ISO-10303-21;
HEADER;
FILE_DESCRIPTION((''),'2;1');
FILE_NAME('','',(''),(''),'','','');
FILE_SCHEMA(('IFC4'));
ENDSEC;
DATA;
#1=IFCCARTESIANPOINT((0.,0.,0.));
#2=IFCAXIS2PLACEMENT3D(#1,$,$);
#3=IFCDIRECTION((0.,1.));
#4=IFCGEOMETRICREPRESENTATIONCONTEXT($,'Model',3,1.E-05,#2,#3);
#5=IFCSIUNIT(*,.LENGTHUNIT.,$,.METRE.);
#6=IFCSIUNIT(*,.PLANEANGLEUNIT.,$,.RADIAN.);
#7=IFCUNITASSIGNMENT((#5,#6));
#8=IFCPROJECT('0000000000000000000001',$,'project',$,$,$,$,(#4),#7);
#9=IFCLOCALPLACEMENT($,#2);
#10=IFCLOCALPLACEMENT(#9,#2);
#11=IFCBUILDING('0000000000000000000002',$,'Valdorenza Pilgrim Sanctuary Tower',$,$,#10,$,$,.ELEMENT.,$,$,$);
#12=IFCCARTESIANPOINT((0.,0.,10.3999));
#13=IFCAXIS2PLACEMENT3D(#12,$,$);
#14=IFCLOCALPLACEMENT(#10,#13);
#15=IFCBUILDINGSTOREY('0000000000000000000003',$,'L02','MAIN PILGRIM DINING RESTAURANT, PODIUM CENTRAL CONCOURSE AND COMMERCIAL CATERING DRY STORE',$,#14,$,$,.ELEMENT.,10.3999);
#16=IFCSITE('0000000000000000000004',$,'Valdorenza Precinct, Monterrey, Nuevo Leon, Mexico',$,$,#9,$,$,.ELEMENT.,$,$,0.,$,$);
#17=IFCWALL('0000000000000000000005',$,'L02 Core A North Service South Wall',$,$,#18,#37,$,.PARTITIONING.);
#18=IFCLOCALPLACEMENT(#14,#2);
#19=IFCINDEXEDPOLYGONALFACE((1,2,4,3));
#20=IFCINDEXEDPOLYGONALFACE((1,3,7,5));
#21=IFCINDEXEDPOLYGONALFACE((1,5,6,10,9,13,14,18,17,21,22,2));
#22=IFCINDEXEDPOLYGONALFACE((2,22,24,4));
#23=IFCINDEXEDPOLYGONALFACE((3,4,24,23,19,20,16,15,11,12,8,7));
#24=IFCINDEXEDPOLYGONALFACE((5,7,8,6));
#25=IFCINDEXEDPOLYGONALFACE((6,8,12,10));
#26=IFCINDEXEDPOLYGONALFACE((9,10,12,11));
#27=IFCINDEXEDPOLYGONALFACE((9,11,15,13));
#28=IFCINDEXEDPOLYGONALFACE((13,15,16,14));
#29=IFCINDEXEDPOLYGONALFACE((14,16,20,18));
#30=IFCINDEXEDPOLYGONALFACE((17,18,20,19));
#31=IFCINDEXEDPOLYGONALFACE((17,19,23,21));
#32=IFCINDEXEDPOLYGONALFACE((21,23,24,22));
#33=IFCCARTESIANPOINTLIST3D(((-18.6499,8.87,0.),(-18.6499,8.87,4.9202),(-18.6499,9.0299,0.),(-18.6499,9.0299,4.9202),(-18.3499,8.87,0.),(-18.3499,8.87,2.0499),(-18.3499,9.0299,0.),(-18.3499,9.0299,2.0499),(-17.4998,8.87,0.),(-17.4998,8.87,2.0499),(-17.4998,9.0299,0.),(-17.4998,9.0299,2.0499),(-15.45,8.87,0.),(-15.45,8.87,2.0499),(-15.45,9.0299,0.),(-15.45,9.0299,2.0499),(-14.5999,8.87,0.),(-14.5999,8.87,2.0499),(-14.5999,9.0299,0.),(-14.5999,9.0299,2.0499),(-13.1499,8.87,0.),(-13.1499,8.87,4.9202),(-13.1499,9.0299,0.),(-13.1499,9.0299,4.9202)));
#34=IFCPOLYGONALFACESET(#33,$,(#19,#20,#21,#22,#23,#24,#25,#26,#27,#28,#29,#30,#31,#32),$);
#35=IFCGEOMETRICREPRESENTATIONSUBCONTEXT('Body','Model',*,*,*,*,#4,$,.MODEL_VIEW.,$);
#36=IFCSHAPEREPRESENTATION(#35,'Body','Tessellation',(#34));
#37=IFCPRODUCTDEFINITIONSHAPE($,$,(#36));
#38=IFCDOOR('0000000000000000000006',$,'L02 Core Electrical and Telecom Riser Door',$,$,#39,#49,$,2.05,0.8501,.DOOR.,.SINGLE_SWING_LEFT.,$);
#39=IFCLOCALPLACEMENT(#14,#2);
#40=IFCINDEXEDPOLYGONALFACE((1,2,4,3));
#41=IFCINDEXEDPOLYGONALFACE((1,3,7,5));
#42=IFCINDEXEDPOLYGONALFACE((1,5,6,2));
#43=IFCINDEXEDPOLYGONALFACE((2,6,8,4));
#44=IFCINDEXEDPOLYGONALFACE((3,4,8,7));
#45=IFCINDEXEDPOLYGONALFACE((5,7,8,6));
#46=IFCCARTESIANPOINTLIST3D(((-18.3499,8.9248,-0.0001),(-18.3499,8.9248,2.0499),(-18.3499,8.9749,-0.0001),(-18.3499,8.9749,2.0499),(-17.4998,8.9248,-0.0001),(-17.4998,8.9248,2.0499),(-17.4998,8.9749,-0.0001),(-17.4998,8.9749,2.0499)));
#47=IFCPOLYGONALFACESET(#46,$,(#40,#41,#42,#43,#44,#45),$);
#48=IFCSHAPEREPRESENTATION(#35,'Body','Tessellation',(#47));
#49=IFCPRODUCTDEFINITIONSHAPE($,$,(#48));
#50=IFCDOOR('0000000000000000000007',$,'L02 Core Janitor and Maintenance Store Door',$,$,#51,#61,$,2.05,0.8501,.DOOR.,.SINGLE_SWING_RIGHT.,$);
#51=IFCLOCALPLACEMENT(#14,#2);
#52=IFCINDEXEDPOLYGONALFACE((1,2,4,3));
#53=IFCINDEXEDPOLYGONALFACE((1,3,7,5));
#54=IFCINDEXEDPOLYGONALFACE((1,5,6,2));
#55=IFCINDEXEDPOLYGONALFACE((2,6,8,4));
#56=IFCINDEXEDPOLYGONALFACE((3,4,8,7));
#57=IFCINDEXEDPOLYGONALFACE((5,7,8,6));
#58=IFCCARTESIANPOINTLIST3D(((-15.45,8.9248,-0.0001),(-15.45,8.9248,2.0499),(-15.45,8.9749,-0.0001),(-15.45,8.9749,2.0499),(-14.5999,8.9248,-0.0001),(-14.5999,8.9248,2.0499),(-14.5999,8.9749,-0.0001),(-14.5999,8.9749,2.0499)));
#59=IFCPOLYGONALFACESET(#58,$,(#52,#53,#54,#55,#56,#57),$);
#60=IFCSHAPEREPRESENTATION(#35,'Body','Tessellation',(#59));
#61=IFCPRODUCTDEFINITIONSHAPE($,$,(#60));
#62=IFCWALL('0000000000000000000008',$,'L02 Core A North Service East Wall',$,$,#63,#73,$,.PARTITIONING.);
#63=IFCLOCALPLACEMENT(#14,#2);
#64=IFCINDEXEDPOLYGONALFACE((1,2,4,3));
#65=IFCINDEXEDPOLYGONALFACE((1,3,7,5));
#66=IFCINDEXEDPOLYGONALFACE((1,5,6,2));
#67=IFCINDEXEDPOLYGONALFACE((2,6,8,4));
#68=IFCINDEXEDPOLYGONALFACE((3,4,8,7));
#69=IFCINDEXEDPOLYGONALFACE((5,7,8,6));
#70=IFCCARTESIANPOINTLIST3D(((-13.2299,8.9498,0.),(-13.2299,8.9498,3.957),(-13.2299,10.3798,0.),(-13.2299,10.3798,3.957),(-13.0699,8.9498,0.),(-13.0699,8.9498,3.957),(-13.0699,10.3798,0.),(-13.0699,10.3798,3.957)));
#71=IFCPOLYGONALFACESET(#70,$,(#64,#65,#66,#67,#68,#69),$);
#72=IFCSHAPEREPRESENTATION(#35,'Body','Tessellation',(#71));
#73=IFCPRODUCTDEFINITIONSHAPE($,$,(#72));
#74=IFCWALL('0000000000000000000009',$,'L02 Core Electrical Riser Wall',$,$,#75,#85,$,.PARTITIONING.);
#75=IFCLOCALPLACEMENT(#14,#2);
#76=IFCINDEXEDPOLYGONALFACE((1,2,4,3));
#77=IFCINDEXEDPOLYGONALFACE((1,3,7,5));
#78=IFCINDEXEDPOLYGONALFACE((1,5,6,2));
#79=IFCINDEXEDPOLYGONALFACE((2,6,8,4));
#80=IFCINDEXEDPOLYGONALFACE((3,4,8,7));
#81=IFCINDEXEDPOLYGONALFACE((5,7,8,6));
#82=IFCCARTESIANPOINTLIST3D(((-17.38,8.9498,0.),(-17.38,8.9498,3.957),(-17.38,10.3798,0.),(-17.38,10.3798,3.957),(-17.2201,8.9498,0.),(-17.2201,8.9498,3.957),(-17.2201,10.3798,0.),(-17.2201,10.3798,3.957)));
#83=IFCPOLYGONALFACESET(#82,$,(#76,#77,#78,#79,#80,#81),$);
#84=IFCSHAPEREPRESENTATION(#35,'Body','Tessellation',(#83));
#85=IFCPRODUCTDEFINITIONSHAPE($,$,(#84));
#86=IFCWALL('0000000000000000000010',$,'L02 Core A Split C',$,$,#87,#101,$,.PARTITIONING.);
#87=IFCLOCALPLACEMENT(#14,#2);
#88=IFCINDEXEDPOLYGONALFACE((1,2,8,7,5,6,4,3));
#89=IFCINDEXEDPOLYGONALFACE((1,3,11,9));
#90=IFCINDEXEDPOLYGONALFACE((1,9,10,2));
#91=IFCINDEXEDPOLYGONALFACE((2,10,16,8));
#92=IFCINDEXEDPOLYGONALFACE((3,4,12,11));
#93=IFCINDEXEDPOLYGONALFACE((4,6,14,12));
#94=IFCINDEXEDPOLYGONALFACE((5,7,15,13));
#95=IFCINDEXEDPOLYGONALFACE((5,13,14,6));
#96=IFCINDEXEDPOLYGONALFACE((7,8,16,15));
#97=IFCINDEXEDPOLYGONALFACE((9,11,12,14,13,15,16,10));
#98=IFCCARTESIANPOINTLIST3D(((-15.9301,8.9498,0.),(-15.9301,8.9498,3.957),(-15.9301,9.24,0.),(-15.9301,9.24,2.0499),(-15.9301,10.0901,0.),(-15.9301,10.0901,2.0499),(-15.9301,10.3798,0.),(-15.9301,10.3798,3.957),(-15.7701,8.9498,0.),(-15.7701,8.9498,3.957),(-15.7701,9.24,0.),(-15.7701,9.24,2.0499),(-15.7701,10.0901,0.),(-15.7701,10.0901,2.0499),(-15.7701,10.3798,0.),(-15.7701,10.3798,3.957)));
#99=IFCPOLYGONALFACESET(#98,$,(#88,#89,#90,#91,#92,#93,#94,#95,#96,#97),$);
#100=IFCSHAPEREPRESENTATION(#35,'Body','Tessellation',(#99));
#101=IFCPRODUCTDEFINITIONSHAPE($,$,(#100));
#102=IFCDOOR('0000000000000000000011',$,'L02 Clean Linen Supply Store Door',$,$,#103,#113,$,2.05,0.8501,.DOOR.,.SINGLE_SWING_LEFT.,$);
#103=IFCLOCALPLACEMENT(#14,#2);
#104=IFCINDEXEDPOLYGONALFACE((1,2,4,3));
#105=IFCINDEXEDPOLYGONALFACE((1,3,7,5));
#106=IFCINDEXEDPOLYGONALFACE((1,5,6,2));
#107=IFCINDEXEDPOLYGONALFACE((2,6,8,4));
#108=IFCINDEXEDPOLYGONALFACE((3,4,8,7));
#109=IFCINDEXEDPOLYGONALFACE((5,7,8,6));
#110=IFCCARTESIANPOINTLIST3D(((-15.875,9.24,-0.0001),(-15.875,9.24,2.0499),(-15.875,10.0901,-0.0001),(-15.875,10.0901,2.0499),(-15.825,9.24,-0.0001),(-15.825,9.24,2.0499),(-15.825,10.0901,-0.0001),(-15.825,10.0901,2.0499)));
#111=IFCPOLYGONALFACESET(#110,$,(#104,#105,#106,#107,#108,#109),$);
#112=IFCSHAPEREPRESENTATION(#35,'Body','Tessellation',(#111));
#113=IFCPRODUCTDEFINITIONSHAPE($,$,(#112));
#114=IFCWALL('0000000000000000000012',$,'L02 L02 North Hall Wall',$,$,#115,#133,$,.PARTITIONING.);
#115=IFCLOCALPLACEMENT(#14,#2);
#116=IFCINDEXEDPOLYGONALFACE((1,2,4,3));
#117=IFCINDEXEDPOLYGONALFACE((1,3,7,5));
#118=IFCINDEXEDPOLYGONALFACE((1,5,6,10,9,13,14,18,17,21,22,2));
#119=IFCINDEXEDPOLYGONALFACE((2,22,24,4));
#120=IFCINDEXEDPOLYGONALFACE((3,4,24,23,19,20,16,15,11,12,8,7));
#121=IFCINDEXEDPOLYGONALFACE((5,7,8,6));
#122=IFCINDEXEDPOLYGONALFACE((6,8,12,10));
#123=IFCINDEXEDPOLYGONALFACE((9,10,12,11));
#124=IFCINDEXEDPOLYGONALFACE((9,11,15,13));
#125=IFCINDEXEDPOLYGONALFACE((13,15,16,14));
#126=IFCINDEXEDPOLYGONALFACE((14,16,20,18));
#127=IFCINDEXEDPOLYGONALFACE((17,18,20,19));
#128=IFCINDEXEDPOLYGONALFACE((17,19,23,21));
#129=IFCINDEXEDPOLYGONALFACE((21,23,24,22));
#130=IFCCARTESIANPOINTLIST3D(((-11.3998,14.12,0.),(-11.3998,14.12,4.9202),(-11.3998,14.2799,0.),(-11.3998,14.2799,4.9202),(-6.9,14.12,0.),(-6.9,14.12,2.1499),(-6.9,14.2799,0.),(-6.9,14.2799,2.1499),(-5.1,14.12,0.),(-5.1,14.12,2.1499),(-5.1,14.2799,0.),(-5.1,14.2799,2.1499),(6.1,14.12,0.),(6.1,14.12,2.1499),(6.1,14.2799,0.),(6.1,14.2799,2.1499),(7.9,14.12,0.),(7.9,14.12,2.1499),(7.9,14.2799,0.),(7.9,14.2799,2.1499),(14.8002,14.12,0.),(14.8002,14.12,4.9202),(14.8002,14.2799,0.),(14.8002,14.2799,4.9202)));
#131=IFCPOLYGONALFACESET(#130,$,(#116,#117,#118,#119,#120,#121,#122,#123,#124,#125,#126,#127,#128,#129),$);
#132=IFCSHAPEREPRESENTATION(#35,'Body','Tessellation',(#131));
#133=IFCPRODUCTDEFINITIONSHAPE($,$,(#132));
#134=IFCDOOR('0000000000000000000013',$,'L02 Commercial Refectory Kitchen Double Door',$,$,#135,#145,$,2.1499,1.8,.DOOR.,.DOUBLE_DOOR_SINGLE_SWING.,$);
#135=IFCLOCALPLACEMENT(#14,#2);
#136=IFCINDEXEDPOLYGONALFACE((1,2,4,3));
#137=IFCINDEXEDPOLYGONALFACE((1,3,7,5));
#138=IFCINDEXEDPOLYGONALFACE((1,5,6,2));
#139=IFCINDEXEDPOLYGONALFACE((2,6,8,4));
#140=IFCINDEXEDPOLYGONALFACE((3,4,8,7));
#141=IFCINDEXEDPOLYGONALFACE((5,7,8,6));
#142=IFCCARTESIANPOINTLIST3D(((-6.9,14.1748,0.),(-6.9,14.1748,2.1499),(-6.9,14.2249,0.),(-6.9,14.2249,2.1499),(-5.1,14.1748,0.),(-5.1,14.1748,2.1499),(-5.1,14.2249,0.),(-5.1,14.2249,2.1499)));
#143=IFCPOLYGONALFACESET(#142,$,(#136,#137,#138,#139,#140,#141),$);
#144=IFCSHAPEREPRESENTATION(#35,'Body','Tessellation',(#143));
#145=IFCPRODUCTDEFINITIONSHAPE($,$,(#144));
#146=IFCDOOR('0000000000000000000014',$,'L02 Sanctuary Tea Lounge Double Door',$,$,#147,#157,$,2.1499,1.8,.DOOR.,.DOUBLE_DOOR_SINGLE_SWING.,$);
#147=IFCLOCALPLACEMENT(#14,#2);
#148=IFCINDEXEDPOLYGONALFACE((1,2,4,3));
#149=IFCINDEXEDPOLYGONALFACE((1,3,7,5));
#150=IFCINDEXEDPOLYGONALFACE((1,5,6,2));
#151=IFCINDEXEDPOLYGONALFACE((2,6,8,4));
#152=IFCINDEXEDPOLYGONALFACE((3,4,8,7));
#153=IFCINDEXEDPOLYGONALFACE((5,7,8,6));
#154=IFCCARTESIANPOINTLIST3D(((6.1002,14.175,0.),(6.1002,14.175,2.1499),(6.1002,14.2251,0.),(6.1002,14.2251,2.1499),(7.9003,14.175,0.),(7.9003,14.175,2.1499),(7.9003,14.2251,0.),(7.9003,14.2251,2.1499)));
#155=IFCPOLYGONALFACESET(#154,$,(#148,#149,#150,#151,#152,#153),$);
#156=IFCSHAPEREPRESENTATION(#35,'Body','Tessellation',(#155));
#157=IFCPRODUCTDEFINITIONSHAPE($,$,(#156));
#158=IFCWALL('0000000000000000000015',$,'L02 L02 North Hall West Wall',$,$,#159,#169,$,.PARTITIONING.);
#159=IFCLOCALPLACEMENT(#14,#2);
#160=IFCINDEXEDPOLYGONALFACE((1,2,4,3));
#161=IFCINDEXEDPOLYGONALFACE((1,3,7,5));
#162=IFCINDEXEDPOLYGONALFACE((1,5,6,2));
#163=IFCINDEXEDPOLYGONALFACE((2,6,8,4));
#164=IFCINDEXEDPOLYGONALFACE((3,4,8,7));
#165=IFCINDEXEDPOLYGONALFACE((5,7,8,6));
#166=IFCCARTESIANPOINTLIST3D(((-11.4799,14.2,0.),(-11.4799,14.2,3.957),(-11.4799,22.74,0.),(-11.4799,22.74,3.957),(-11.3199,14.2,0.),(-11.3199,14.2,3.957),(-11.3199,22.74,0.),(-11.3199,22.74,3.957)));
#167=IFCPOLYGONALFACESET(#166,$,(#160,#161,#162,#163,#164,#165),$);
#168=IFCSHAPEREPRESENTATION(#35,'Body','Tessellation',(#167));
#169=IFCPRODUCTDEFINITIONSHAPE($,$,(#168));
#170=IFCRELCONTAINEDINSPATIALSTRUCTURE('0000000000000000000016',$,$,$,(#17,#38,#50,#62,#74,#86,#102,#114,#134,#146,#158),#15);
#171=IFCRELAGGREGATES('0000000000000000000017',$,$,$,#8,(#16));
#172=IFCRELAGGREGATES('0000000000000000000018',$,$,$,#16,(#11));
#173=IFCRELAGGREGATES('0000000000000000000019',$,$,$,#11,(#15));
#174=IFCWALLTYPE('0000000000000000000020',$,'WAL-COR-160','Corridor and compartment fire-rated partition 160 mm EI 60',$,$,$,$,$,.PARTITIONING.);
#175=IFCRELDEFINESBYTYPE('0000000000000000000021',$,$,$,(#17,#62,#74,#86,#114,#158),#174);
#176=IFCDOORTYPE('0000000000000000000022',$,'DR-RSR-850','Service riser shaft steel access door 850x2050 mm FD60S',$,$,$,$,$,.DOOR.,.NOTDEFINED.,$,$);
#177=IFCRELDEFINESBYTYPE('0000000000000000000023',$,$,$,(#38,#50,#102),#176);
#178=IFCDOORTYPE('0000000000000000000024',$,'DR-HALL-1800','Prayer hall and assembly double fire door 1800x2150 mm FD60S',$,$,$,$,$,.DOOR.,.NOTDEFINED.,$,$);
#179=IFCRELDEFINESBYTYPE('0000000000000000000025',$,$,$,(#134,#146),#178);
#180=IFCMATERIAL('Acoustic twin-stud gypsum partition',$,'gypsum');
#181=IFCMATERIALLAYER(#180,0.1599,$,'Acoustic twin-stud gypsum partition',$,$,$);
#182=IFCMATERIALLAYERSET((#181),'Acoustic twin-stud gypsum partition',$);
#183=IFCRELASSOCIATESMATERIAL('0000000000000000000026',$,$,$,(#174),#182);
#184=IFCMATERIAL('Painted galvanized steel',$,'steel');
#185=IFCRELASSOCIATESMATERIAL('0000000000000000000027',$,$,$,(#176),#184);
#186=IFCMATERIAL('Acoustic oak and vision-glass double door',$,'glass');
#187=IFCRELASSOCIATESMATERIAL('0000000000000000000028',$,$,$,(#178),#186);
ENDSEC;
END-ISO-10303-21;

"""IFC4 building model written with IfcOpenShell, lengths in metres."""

from ifc_helpers import new_model, si_unit, direction, frame, frame_2d, origin, place, context, subcontext, project, spatial, rectangle, extrude, material, layer, layer_set, type_object, element, fill, save


model = new_model("IFC4")

# Units and contexts
model_context = context("Model", 3, precision=1e-05, world=origin(), true_north=direction((0.0, 1.0)))
body_context = subcontext(model_context, "Body", "Model", "MODEL_VIEW")
ifc_project = project(units=[si_unit("LENGTHUNIT", "METRE"), si_unit("PLANEANGLEUNIT", "RADIAN")], contexts=[model_context])

# Site, building, storey
site_placement = place(None, origin())
site = spatial("IfcSite", under=ifc_project, at=site_placement, Name="Valdorenza Precinct, Monterrey, Nuevo Leon, Mexico", CompositionType="ELEMENT", RefElevation=0.0)
building_placement = place(site_placement, origin())
building = spatial("IfcBuilding", under=site, at=building_placement, Name="Valdorenza Pilgrim Sanctuary Tower", CompositionType="ELEMENT")
storey_placement = place(building_placement, frame((0.0, 0.0, 10.3999)))
storey = spatial("IfcBuildingStorey", under=building, at=storey_placement, Name="L02", Description="MAIN PILGRIM DINING RESTAURANT, PODIUM CENTRAL CONCOURSE AND COMMERCIAL CATERING DRY STORE", CompositionType="ELEMENT", Elevation=10.3999)

# Shared definitions
ifc_material_1 = material(Name="Acoustic twin-stud gypsum partition", Category="gypsum")
ifc_layer_1 = layer(ifc_material_1, 0.1599, Name="Acoustic twin-stud gypsum partition")
ifc_layer_set_1 = layer_set([ifc_layer_1], Name="Acoustic twin-stud gypsum partition")
wall_type_1 = type_object("IfcWallType", Name="WAL-COR-160", Description="Corridor and compartment fire-rated partition 160 mm EI 60", PredefinedType="PARTITIONING", material=ifc_layer_set_1)

# Wall, openings, doors
wall_1_placement = place(storey_placement, frame((-18.6499, 8.95, 0.0), z_axis=(0.0, 0.0, 1.0), x_axis=(1.0, 0.0, 0.0)))
wall_1 = element("IfcWall", 1, at=wall_1_placement, inside=storey, type_object=wall_type_1, Name="L02 Core A North Service South Wall", PredefinedType="PARTITIONING", context=body_context, shape_type="SweptSolid", body=[
    extrude(rectangle(XDim=5.5, YDim=0.1599, at=frame_2d((2.75, 0.0))), origin(), (0.0, 0.0, 1.0), 4.9202),
])
opening_1_placement = place(wall_1_placement, frame((0.3, 0.0, 0.0)))
opening_1 = element("IfcOpeningElement", 2, at=opening_1_placement, cuts=wall_1, PredefinedType="OPENING", context=body_context, shape_type="SweptSolid", body=[
    extrude(rectangle(XDim=0.8501, YDim=2.05, at=frame_2d((0.425, 1.0249))), frame((0.0, 0.0947, 0.0), z_axis=(0.0, -1.0, 0.0), x_axis=(1.0, 0.0, 0.0)), (0.0, 0.0, 1.0), 0.1897),
])
opening_2_placement = place(wall_1_placement, frame((3.2, 0.0, 0.0)))
opening_2 = element("IfcOpeningElement", 3, at=opening_2_placement, cuts=wall_1, PredefinedType="OPENING", context=body_context, shape_type="SweptSolid", body=[
    extrude(rectangle(XDim=0.8501, YDim=2.05, at=frame_2d((0.425, 1.0249))), frame((0.0, 0.0947, 0.0), z_axis=(0.0, -1.0, 0.0), x_axis=(1.0, 0.0, 0.0)), (0.0, 0.0, 1.0), 0.1897),
])
ifc_material_2 = material(Name="Painted galvanized steel", Category="steel")
door_type_1 = type_object("IfcDoorType", Name="DR-RSR-850", Description="Service riser shaft steel access door 850x2050 mm FD60S", OperationType="NOTDEFINED", PredefinedType="DOOR", material=ifc_material_2)
door_1_placement = place(opening_1_placement, origin())
door_1 = element("IfcDoor", 4, at=door_1_placement, inside=storey, type_object=door_type_1, Name="L02 Core Electrical and Telecom Riser Door", OperationType="SINGLE_SWING_LEFT", OverallHeight=2.05, OverallWidth=0.8501, PredefinedType="DOOR", context=body_context, shape_type="SweptSolid", body=[
    extrude(rectangle(XDim=0.8501, YDim=2.05, at=frame_2d((0.425, 1.0249))), frame((0.0, 0.0249, 0.0), z_axis=(0.0, -1.0, 0.0), x_axis=(1.0, 0.0, 0.0)), (0.0, 0.0, 1.0), 0.05),
])
fill(opening_1, door_1)
door_2_placement = place(opening_2_placement, origin())
door_2 = element("IfcDoor", 5, at=door_2_placement, inside=storey, type_object=door_type_1, Name="L02 Core Janitor and Maintenance Store Door", OperationType="SINGLE_SWING_RIGHT", OverallHeight=2.05, OverallWidth=0.8501, PredefinedType="DOOR", context=body_context, shape_type="SweptSolid", body=[
    extrude(rectangle(XDim=0.8501, YDim=2.05, at=frame_2d((0.425, 1.0249))), frame((0.0, 0.0249, 0.0), z_axis=(0.0, -1.0, 0.0), x_axis=(1.0, 0.0, 0.0)), (0.0, 0.0, 1.0), 0.05),
])
fill(opening_2, door_2)

# Walls
for number, where, z_axis, x_axis, name in (
    (6, (-13.1499, 8.95, 0.0), (0.0, 0.0, 1.0), (0.0, 1.0, 0.0), "L02 Core A North Service East Wall"),
    (7, (-17.3, 8.95, 0.0), (0.0, 0.0, 1.0), (0.0, 1.0, 0.0), "L02 Core Electrical Riser Wall"),
):
    element("IfcWall", number, at=place(storey_placement, frame(where, z_axis=z_axis, x_axis=x_axis)), inside=storey, type_object=wall_type_1, Name=name, PredefinedType="PARTITIONING", context=body_context, shape_type="SweptSolid", body=[
        extrude(rectangle(XDim=1.4299, YDim=0.1599, at=frame_2d((0.7148, 0.0))), origin(), (0.0, 0.0, 1.0), 3.957),
    ])

# Wall, opening, door
wall_2_placement = place(storey_placement, frame((-15.8501, 8.95, 0.0), z_axis=(0.0, 0.0, 1.0), x_axis=(0.0, 1.0, 0.0)))
wall_2 = element("IfcWall", 8, at=wall_2_placement, inside=storey, type_object=wall_type_1, Name="L02 Core A Split C", PredefinedType="PARTITIONING", context=body_context, shape_type="SweptSolid", body=[
    extrude(rectangle(XDim=1.4299, YDim=0.1599, at=frame_2d((0.7148, 0.0))), origin(), (0.0, 0.0, 1.0), 3.957),
])
opening_3_placement = place(wall_2_placement, frame((0.29, 0.0, 0.0)))
opening_3 = element("IfcOpeningElement", 9, at=opening_3_placement, cuts=wall_2, PredefinedType="OPENING", context=body_context, shape_type="SweptSolid", body=[
    extrude(rectangle(XDim=0.8501, YDim=2.05, at=frame_2d((0.425, 1.0249))), frame((0.0, 0.0947, 0.0), z_axis=(0.0, -1.0, 0.0), x_axis=(1.0, 0.0, 0.0)), (0.0, 0.0, 1.0), 0.1897),
])
door_3_placement = place(opening_3_placement, origin())
door_3 = element("IfcDoor", 10, at=door_3_placement, inside=storey, type_object=door_type_1, Name="L02 Clean Linen Supply Store Door", OperationType="SINGLE_SWING_LEFT", OverallHeight=2.05, OverallWidth=0.8501, PredefinedType="DOOR", context=body_context, shape_type="SweptSolid", body=[
    extrude(rectangle(XDim=0.8501, YDim=2.05, at=frame_2d((0.425, 1.0249))), frame((0.0, 0.0249, 0.0), z_axis=(0.0, -1.0, 0.0), x_axis=(1.0, 0.0, 0.0)), (0.0, 0.0, 1.0), 0.05),
])
fill(opening_3, door_3)

# Wall, openings, doors
wall_3_placement = place(storey_placement, frame((-11.3999, 14.2, 0.0), z_axis=(0.0, 0.0, 1.0), x_axis=(1.0, 0.0, 0.0)))
wall_3 = element("IfcWall", 11, at=wall_3_placement, inside=storey, type_object=wall_type_1, Name="L02 L02 North Hall Wall", PredefinedType="PARTITIONING", context=body_context, shape_type="SweptSolid", body=[
    extrude(rectangle(XDim=26.2, YDim=0.1599, at=frame_2d((13.1001, 0.0))), origin(), (0.0, 0.0, 1.0), 4.9202),
])
opening_4_placement = place(wall_3_placement, frame((4.5, 0.0, 0.0)))
opening_4 = element("IfcOpeningElement", 12, at=opening_4_placement, cuts=wall_3, PredefinedType="OPENING", context=body_context, shape_type="SweptSolid", body=[
    extrude(rectangle(XDim=1.8, YDim=2.1499, at=frame_2d((0.8999, 1.075))), frame((0.0, 0.0947, 0.0), z_axis=(0.0, -1.0, 0.0), x_axis=(1.0, 0.0, 0.0)), (0.0, 0.0, 1.0), 0.1897),
])
opening_5_placement = place(wall_3_placement, frame((17.5, 0.0, 0.0)))
opening_5 = element("IfcOpeningElement", 13, at=opening_5_placement, cuts=wall_3, PredefinedType="OPENING", context=body_context, shape_type="SweptSolid", body=[
    extrude(rectangle(XDim=1.8, YDim=2.1499, at=frame_2d((0.8999, 1.075))), frame((0.0, 0.0947, 0.0), z_axis=(0.0, -1.0, 0.0), x_axis=(1.0, 0.0, 0.0)), (0.0, 0.0, 1.0), 0.1897),
])
ifc_material_3 = material(Name="Acoustic oak and vision-glass double door", Category="glass")
door_type_2 = type_object("IfcDoorType", Name="DR-HALL-1800", Description="Prayer hall and assembly double fire door 1800x2150 mm FD60S", OperationType="NOTDEFINED", PredefinedType="DOOR", material=ifc_material_3)
door_4_placement = place(opening_4_placement, origin())
door_4 = element("IfcDoor", 14, at=door_4_placement, inside=storey, type_object=door_type_2, Name="L02 Commercial Refectory Kitchen Double Door", OperationType="DOUBLE_DOOR_SINGLE_SWING", OverallHeight=2.1499, OverallWidth=1.8, PredefinedType="DOOR", context=body_context, shape_type="SweptSolid", body=[
    extrude(rectangle(XDim=1.8, YDim=2.1499, at=frame_2d((0.8999, 1.075))), frame((0.0, 0.0249, 0.0), z_axis=(0.0, -1.0, 0.0), x_axis=(1.0, 0.0, 0.0)), (0.0, 0.0, 1.0), 0.05),
])
fill(opening_4, door_4)
door_5_placement = place(opening_5_placement, frame((1.8, 0.0, 0.0), z_axis=(0.0, 0.0, 1.0), x_axis=(-1.0, 0.0, 0.0)))
door_5 = element("IfcDoor", 15, at=door_5_placement, inside=storey, type_object=door_type_2, Name="L02 Sanctuary Tea Lounge Double Door", OperationType="DOUBLE_DOOR_SINGLE_SWING", OverallHeight=2.1499, OverallWidth=1.8, PredefinedType="DOOR", context=body_context, shape_type="SweptSolid", body=[
    extrude(rectangle(XDim=1.8, YDim=2.1499, at=frame_2d((0.8999, 1.075))), frame((0.0, 0.0249, 0.0), z_axis=(0.0, -1.0, 0.0), x_axis=(1.0, 0.0, 0.0)), (0.0, 0.0, 1.0), 0.05),
])
fill(opening_5, door_5)

# Wall
wall_4_placement = place(storey_placement, frame((-11.3999, 14.2, 0.0), z_axis=(0.0, 0.0, 1.0), x_axis=(0.0, 1.0, 0.0)))
element("IfcWall", 16, at=wall_4_placement, inside=storey, type_object=wall_type_1, Name="L02 L02 North Hall West Wall", PredefinedType="PARTITIONING", context=body_context, shape_type="SweptSolid", body=[
    extrude(rectangle(XDim=8.54, YDim=0.1599, at=frame_2d((4.27, 0.0))), origin(), (0.0, 0.0, 1.0), 3.957),
])

save(model, "model.ifc")
